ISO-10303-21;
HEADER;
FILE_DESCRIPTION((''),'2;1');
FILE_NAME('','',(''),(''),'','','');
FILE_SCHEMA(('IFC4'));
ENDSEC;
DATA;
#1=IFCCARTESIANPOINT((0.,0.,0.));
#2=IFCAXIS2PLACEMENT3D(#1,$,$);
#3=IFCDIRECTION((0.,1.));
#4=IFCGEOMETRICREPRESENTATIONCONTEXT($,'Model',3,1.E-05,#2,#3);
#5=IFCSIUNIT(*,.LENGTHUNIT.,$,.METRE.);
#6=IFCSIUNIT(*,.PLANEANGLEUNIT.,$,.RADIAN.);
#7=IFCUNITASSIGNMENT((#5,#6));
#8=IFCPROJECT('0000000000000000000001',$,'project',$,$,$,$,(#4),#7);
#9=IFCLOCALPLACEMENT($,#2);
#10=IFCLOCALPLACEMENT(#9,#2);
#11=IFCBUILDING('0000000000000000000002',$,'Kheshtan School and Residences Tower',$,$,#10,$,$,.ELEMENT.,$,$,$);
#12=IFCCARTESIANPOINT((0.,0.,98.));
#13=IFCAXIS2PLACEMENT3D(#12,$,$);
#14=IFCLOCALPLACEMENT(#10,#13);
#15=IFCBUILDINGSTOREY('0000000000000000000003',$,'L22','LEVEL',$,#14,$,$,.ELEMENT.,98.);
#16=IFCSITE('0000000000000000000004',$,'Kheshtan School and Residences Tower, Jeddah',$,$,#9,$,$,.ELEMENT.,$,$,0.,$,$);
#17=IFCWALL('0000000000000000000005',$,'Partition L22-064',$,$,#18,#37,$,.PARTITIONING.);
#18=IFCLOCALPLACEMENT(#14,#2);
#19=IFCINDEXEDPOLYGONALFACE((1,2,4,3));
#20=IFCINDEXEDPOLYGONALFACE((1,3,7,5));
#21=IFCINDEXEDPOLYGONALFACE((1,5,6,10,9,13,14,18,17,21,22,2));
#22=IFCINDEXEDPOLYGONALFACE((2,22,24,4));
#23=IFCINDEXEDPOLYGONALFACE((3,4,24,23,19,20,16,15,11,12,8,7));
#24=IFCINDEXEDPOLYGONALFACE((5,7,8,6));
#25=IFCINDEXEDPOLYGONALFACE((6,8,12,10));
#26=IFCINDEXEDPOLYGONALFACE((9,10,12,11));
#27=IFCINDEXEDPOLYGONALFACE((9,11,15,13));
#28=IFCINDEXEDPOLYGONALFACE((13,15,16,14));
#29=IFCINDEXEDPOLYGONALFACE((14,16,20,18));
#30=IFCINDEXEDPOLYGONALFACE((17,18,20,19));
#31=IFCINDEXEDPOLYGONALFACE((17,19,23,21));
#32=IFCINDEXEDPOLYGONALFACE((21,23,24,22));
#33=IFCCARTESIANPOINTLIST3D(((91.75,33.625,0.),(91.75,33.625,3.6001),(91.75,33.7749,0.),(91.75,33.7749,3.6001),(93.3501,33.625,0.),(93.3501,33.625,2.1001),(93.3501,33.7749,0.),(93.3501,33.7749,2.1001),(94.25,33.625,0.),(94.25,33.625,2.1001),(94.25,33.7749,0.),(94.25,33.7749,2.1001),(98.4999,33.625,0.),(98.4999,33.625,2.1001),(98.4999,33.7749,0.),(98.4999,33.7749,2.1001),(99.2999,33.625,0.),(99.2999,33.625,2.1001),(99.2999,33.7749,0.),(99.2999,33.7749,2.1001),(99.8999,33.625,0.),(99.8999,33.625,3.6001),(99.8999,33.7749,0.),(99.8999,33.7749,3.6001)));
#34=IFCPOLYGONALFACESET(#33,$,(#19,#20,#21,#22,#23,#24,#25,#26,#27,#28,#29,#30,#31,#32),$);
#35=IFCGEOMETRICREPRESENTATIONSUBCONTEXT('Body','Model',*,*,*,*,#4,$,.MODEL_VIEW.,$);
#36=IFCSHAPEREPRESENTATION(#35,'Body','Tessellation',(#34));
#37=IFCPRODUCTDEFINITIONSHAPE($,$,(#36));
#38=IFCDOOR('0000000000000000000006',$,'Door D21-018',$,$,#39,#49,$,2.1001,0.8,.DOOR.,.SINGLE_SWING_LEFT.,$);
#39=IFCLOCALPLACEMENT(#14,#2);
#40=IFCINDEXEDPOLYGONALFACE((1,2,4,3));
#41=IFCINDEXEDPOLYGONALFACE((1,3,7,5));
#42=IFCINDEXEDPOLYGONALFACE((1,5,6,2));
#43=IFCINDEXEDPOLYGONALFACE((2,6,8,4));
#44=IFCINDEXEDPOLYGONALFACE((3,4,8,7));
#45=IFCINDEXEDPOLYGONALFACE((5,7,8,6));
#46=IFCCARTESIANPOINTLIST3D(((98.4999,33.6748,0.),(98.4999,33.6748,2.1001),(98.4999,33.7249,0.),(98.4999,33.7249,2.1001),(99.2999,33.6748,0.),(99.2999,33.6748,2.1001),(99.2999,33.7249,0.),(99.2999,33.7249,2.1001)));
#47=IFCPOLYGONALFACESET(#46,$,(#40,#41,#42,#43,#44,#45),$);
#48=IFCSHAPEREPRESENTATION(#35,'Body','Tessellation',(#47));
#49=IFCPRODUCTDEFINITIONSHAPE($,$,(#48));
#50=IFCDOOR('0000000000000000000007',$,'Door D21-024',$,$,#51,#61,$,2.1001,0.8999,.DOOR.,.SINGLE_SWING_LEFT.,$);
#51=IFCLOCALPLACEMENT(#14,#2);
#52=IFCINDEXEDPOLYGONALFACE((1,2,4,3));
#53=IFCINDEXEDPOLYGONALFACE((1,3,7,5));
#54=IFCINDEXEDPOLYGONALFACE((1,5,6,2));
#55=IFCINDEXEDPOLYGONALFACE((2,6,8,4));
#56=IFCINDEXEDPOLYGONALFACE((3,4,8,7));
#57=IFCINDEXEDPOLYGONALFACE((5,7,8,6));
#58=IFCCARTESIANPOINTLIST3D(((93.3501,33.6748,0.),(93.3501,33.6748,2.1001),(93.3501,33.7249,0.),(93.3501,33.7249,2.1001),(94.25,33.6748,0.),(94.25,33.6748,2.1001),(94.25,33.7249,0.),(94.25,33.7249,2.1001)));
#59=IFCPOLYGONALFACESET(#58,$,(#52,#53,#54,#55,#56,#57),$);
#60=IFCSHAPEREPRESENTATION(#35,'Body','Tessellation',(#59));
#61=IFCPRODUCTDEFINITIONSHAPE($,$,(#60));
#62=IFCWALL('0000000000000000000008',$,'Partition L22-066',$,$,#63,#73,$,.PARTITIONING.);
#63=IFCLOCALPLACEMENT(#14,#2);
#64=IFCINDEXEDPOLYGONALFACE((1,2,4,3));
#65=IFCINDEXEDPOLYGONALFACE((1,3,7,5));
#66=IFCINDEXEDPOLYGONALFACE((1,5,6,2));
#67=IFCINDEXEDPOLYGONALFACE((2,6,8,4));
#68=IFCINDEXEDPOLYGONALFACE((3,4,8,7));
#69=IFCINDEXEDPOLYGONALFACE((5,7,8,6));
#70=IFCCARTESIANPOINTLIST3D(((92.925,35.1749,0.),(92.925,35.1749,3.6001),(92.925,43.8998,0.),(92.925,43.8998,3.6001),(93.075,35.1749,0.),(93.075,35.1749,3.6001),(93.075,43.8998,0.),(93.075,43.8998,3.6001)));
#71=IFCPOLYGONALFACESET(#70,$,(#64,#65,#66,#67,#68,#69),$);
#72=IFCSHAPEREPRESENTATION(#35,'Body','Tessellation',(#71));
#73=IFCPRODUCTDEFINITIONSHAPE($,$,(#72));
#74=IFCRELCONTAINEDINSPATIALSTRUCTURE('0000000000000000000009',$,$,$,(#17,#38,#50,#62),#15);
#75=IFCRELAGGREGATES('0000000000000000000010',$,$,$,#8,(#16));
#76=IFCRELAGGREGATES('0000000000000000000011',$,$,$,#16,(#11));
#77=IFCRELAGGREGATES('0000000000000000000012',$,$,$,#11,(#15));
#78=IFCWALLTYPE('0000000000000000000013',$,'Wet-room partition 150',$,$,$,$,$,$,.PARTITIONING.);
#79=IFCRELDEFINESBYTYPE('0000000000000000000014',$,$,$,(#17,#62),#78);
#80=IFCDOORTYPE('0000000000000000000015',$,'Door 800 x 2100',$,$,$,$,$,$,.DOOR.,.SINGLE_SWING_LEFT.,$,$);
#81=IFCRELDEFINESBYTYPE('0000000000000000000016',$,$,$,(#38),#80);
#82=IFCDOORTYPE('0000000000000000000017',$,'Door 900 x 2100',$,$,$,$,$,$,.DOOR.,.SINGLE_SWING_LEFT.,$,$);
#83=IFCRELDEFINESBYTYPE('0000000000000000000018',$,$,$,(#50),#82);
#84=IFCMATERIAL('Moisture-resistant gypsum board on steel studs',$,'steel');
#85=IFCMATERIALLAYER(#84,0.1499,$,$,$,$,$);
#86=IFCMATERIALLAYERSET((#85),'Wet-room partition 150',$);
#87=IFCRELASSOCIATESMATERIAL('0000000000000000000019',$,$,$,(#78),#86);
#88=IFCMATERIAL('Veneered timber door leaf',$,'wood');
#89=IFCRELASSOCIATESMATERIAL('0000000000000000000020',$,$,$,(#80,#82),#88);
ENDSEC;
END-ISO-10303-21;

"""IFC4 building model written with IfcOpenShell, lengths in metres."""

from ifc_helpers import new_model, si_unit, direction, frame, frame_2d, origin, place, context, subcontext, project, spatial, rectangle, extrude, source, transform, mapped, material, layer, layer_set, type_object, element, fill, save


model = new_model("IFC4")

# Units and contexts
model_context = context("Model", 3, precision=1e-05, world=origin(), true_north=direction((0.0, 1.0)))
body_context = subcontext(model_context, "Body", "Model", "MODEL_VIEW")
ifc_project = project(units=[si_unit("LENGTHUNIT", "METRE"), si_unit("PLANEANGLEUNIT", "RADIAN")], contexts=[model_context])

# Site, building, storey
site_placement = place(None, origin())
site = spatial("IfcSite", under=ifc_project, at=site_placement, Name="Kheshtan School and Residences Tower, Jeddah", CompositionType="ELEMENT", RefElevation=0.0)
building_placement = place(site_placement, origin())
building = spatial("IfcBuilding", under=site, at=building_placement, Name="Kheshtan School and Residences Tower", CompositionType="ELEMENT")
storey_placement = place(building_placement, frame((0.0, 0.0, 98.0)))
storey = spatial("IfcBuildingStorey", under=building, at=storey_placement, Name="L22", Description="LEVEL", CompositionType="ELEMENT", Elevation=98.0)

# Shared definitions
ifc_material_1 = material(Name="Moisture-resistant gypsum board on steel studs", Category="steel")
ifc_layer_1 = layer(ifc_material_1, 0.1499)
ifc_layer_set_1 = layer_set([ifc_layer_1], Name="Wet-room partition 150")
wall_type_1 = type_object("IfcWallType", Name="Wet-room partition 150", PredefinedType="PARTITIONING", material=ifc_layer_set_1)

# Shared definitions
ifc_material_2 = material(Name="Veneered timber door leaf", Category="wood")
door_type_1 = type_object("IfcDoorType", Name="Door 800 x 2100", OperationType="SINGLE_SWING_LEFT", PredefinedType="DOOR", material=ifc_material_2)
shared_shape_1 = source(origin(), body_context, "Body", "SweptSolid", [
    extrude(rectangle(XDim=0.8, YDim=2.1001, at=frame_2d((0.3999, 1.05))), frame((0.0, 0.0249, 0.0), z_axis=(0.0, -1.0, 0.0), x_axis=(1.0, 0.0, 0.0)), (0.0, 0.0, 1.0), 0.05),
])

# Wall, openings, doors
wall_1_placement = place(storey_placement, frame((91.75, 33.7, 0.0), z_axis=(0.0, 0.0, 1.0), x_axis=(1.0, 0.0, 0.0)))
wall_1 = element("IfcWall", 1, at=wall_1_placement, inside=storey, type_object=wall_type_1, Name="Partition L22-064", PredefinedType="PARTITIONING", context=body_context, shape_type="SweptSolid", body=[
    extrude(rectangle(XDim=8.1499, YDim=0.1499, at=frame_2d((4.075, 0.0))), origin(), (0.0, 0.0, 1.0), 3.6001),
])
opening_1_placement = place(wall_1_placement, frame((6.75, 0.0, 0.0)))
opening_1 = element("IfcOpeningElement", 2, at=opening_1_placement, cuts=wall_1, PredefinedType="OPENING", context=body_context, shape_type="SweptSolid", body=[
    extrude(rectangle(XDim=0.8, YDim=2.1001, at=frame_2d((0.3999, 1.05))), frame((0.0, 0.085, 0.0), z_axis=(0.0, -1.0, 0.0), x_axis=(1.0, 0.0, 0.0)), (0.0, 0.0, 1.0), 0.1699),
])
opening_2_placement = place(wall_1_placement, frame((1.6001, 0.0, 0.0)))
opening_2 = element("IfcOpeningElement", 3, at=opening_2_placement, cuts=wall_1, PredefinedType="OPENING", context=body_context, shape_type="SweptSolid", body=[
    extrude(rectangle(XDim=0.8999, YDim=2.1001, at=frame_2d((0.45, 1.05))), frame((0.0, 0.085, 0.0), z_axis=(0.0, -1.0, 0.0), x_axis=(1.0, 0.0, 0.0)), (0.0, 0.0, 1.0), 0.1699),
])
door_1_placement = place(opening_1_placement, origin())
door_1 = element("IfcDoor", 4, at=door_1_placement, inside=storey, type_object=door_type_1, Name="Door D21-018", OperationType="SINGLE_SWING_LEFT", OverallHeight=2.1001, OverallWidth=0.8, PredefinedType="DOOR", context=body_context, shape_type="MappedRepresentation", body=[
    mapped(shared_shape_1, transform((0.0, 0.0, 0.0), x_axis=(1.0, 0.0, 0.0), y_axis=(0.0, 1.0, 0.0), z_axis=(0.0, 0.0, 1.0), scale=1.0)),
])
fill(opening_1, door_1)
door_type_2 = type_object("IfcDoorType", Name="Door 900 x 2100", OperationType="SINGLE_SWING_LEFT", PredefinedType="DOOR", material=ifc_material_2)
shared_shape_2 = source(origin(), body_context, "Body", "SweptSolid", [
    extrude(rectangle(XDim=0.8999, YDim=2.1001, at=frame_2d((0.45, 1.05))), frame((0.0, 0.0249, 0.0), z_axis=(0.0, -1.0, 0.0), x_axis=(1.0, 0.0, 0.0)), (0.0, 0.0, 1.0), 0.05),
])
door_2_placement = place(opening_2_placement, origin())
door_2 = element("IfcDoor", 5, at=door_2_placement, inside=storey, type_object=door_type_2, Name="Door D21-024", OperationType="SINGLE_SWING_LEFT", OverallHeight=2.1001, OverallWidth=0.8999, PredefinedType="DOOR", context=body_context, shape_type="MappedRepresentation", body=[
    mapped(shared_shape_2, transform((0.0, 0.0, 0.0), x_axis=(1.0, 0.0, 0.0), y_axis=(0.0, 1.0, 0.0), z_axis=(0.0, 0.0, 1.0), scale=1.0)),
])
fill(opening_2, door_2)

# Wall
wall_2_placement = place(storey_placement, frame((93.0, 35.175, 0.0), z_axis=(0.0, 0.0, 1.0), x_axis=(0.0, 1.0, 0.0)))
element("IfcWall", 6, at=wall_2_placement, inside=storey, type_object=wall_type_1, Name="Partition L22-066", PredefinedType="PARTITIONING", context=body_context, shape_type="SweptSolid", body=[
    extrude(rectangle(XDim=8.7249, YDim=0.1499, at=frame_2d((4.3623, 0.0))), origin(), (0.0, 0.0, 1.0), 3.6001),
])

save(model, "model.ifc")
